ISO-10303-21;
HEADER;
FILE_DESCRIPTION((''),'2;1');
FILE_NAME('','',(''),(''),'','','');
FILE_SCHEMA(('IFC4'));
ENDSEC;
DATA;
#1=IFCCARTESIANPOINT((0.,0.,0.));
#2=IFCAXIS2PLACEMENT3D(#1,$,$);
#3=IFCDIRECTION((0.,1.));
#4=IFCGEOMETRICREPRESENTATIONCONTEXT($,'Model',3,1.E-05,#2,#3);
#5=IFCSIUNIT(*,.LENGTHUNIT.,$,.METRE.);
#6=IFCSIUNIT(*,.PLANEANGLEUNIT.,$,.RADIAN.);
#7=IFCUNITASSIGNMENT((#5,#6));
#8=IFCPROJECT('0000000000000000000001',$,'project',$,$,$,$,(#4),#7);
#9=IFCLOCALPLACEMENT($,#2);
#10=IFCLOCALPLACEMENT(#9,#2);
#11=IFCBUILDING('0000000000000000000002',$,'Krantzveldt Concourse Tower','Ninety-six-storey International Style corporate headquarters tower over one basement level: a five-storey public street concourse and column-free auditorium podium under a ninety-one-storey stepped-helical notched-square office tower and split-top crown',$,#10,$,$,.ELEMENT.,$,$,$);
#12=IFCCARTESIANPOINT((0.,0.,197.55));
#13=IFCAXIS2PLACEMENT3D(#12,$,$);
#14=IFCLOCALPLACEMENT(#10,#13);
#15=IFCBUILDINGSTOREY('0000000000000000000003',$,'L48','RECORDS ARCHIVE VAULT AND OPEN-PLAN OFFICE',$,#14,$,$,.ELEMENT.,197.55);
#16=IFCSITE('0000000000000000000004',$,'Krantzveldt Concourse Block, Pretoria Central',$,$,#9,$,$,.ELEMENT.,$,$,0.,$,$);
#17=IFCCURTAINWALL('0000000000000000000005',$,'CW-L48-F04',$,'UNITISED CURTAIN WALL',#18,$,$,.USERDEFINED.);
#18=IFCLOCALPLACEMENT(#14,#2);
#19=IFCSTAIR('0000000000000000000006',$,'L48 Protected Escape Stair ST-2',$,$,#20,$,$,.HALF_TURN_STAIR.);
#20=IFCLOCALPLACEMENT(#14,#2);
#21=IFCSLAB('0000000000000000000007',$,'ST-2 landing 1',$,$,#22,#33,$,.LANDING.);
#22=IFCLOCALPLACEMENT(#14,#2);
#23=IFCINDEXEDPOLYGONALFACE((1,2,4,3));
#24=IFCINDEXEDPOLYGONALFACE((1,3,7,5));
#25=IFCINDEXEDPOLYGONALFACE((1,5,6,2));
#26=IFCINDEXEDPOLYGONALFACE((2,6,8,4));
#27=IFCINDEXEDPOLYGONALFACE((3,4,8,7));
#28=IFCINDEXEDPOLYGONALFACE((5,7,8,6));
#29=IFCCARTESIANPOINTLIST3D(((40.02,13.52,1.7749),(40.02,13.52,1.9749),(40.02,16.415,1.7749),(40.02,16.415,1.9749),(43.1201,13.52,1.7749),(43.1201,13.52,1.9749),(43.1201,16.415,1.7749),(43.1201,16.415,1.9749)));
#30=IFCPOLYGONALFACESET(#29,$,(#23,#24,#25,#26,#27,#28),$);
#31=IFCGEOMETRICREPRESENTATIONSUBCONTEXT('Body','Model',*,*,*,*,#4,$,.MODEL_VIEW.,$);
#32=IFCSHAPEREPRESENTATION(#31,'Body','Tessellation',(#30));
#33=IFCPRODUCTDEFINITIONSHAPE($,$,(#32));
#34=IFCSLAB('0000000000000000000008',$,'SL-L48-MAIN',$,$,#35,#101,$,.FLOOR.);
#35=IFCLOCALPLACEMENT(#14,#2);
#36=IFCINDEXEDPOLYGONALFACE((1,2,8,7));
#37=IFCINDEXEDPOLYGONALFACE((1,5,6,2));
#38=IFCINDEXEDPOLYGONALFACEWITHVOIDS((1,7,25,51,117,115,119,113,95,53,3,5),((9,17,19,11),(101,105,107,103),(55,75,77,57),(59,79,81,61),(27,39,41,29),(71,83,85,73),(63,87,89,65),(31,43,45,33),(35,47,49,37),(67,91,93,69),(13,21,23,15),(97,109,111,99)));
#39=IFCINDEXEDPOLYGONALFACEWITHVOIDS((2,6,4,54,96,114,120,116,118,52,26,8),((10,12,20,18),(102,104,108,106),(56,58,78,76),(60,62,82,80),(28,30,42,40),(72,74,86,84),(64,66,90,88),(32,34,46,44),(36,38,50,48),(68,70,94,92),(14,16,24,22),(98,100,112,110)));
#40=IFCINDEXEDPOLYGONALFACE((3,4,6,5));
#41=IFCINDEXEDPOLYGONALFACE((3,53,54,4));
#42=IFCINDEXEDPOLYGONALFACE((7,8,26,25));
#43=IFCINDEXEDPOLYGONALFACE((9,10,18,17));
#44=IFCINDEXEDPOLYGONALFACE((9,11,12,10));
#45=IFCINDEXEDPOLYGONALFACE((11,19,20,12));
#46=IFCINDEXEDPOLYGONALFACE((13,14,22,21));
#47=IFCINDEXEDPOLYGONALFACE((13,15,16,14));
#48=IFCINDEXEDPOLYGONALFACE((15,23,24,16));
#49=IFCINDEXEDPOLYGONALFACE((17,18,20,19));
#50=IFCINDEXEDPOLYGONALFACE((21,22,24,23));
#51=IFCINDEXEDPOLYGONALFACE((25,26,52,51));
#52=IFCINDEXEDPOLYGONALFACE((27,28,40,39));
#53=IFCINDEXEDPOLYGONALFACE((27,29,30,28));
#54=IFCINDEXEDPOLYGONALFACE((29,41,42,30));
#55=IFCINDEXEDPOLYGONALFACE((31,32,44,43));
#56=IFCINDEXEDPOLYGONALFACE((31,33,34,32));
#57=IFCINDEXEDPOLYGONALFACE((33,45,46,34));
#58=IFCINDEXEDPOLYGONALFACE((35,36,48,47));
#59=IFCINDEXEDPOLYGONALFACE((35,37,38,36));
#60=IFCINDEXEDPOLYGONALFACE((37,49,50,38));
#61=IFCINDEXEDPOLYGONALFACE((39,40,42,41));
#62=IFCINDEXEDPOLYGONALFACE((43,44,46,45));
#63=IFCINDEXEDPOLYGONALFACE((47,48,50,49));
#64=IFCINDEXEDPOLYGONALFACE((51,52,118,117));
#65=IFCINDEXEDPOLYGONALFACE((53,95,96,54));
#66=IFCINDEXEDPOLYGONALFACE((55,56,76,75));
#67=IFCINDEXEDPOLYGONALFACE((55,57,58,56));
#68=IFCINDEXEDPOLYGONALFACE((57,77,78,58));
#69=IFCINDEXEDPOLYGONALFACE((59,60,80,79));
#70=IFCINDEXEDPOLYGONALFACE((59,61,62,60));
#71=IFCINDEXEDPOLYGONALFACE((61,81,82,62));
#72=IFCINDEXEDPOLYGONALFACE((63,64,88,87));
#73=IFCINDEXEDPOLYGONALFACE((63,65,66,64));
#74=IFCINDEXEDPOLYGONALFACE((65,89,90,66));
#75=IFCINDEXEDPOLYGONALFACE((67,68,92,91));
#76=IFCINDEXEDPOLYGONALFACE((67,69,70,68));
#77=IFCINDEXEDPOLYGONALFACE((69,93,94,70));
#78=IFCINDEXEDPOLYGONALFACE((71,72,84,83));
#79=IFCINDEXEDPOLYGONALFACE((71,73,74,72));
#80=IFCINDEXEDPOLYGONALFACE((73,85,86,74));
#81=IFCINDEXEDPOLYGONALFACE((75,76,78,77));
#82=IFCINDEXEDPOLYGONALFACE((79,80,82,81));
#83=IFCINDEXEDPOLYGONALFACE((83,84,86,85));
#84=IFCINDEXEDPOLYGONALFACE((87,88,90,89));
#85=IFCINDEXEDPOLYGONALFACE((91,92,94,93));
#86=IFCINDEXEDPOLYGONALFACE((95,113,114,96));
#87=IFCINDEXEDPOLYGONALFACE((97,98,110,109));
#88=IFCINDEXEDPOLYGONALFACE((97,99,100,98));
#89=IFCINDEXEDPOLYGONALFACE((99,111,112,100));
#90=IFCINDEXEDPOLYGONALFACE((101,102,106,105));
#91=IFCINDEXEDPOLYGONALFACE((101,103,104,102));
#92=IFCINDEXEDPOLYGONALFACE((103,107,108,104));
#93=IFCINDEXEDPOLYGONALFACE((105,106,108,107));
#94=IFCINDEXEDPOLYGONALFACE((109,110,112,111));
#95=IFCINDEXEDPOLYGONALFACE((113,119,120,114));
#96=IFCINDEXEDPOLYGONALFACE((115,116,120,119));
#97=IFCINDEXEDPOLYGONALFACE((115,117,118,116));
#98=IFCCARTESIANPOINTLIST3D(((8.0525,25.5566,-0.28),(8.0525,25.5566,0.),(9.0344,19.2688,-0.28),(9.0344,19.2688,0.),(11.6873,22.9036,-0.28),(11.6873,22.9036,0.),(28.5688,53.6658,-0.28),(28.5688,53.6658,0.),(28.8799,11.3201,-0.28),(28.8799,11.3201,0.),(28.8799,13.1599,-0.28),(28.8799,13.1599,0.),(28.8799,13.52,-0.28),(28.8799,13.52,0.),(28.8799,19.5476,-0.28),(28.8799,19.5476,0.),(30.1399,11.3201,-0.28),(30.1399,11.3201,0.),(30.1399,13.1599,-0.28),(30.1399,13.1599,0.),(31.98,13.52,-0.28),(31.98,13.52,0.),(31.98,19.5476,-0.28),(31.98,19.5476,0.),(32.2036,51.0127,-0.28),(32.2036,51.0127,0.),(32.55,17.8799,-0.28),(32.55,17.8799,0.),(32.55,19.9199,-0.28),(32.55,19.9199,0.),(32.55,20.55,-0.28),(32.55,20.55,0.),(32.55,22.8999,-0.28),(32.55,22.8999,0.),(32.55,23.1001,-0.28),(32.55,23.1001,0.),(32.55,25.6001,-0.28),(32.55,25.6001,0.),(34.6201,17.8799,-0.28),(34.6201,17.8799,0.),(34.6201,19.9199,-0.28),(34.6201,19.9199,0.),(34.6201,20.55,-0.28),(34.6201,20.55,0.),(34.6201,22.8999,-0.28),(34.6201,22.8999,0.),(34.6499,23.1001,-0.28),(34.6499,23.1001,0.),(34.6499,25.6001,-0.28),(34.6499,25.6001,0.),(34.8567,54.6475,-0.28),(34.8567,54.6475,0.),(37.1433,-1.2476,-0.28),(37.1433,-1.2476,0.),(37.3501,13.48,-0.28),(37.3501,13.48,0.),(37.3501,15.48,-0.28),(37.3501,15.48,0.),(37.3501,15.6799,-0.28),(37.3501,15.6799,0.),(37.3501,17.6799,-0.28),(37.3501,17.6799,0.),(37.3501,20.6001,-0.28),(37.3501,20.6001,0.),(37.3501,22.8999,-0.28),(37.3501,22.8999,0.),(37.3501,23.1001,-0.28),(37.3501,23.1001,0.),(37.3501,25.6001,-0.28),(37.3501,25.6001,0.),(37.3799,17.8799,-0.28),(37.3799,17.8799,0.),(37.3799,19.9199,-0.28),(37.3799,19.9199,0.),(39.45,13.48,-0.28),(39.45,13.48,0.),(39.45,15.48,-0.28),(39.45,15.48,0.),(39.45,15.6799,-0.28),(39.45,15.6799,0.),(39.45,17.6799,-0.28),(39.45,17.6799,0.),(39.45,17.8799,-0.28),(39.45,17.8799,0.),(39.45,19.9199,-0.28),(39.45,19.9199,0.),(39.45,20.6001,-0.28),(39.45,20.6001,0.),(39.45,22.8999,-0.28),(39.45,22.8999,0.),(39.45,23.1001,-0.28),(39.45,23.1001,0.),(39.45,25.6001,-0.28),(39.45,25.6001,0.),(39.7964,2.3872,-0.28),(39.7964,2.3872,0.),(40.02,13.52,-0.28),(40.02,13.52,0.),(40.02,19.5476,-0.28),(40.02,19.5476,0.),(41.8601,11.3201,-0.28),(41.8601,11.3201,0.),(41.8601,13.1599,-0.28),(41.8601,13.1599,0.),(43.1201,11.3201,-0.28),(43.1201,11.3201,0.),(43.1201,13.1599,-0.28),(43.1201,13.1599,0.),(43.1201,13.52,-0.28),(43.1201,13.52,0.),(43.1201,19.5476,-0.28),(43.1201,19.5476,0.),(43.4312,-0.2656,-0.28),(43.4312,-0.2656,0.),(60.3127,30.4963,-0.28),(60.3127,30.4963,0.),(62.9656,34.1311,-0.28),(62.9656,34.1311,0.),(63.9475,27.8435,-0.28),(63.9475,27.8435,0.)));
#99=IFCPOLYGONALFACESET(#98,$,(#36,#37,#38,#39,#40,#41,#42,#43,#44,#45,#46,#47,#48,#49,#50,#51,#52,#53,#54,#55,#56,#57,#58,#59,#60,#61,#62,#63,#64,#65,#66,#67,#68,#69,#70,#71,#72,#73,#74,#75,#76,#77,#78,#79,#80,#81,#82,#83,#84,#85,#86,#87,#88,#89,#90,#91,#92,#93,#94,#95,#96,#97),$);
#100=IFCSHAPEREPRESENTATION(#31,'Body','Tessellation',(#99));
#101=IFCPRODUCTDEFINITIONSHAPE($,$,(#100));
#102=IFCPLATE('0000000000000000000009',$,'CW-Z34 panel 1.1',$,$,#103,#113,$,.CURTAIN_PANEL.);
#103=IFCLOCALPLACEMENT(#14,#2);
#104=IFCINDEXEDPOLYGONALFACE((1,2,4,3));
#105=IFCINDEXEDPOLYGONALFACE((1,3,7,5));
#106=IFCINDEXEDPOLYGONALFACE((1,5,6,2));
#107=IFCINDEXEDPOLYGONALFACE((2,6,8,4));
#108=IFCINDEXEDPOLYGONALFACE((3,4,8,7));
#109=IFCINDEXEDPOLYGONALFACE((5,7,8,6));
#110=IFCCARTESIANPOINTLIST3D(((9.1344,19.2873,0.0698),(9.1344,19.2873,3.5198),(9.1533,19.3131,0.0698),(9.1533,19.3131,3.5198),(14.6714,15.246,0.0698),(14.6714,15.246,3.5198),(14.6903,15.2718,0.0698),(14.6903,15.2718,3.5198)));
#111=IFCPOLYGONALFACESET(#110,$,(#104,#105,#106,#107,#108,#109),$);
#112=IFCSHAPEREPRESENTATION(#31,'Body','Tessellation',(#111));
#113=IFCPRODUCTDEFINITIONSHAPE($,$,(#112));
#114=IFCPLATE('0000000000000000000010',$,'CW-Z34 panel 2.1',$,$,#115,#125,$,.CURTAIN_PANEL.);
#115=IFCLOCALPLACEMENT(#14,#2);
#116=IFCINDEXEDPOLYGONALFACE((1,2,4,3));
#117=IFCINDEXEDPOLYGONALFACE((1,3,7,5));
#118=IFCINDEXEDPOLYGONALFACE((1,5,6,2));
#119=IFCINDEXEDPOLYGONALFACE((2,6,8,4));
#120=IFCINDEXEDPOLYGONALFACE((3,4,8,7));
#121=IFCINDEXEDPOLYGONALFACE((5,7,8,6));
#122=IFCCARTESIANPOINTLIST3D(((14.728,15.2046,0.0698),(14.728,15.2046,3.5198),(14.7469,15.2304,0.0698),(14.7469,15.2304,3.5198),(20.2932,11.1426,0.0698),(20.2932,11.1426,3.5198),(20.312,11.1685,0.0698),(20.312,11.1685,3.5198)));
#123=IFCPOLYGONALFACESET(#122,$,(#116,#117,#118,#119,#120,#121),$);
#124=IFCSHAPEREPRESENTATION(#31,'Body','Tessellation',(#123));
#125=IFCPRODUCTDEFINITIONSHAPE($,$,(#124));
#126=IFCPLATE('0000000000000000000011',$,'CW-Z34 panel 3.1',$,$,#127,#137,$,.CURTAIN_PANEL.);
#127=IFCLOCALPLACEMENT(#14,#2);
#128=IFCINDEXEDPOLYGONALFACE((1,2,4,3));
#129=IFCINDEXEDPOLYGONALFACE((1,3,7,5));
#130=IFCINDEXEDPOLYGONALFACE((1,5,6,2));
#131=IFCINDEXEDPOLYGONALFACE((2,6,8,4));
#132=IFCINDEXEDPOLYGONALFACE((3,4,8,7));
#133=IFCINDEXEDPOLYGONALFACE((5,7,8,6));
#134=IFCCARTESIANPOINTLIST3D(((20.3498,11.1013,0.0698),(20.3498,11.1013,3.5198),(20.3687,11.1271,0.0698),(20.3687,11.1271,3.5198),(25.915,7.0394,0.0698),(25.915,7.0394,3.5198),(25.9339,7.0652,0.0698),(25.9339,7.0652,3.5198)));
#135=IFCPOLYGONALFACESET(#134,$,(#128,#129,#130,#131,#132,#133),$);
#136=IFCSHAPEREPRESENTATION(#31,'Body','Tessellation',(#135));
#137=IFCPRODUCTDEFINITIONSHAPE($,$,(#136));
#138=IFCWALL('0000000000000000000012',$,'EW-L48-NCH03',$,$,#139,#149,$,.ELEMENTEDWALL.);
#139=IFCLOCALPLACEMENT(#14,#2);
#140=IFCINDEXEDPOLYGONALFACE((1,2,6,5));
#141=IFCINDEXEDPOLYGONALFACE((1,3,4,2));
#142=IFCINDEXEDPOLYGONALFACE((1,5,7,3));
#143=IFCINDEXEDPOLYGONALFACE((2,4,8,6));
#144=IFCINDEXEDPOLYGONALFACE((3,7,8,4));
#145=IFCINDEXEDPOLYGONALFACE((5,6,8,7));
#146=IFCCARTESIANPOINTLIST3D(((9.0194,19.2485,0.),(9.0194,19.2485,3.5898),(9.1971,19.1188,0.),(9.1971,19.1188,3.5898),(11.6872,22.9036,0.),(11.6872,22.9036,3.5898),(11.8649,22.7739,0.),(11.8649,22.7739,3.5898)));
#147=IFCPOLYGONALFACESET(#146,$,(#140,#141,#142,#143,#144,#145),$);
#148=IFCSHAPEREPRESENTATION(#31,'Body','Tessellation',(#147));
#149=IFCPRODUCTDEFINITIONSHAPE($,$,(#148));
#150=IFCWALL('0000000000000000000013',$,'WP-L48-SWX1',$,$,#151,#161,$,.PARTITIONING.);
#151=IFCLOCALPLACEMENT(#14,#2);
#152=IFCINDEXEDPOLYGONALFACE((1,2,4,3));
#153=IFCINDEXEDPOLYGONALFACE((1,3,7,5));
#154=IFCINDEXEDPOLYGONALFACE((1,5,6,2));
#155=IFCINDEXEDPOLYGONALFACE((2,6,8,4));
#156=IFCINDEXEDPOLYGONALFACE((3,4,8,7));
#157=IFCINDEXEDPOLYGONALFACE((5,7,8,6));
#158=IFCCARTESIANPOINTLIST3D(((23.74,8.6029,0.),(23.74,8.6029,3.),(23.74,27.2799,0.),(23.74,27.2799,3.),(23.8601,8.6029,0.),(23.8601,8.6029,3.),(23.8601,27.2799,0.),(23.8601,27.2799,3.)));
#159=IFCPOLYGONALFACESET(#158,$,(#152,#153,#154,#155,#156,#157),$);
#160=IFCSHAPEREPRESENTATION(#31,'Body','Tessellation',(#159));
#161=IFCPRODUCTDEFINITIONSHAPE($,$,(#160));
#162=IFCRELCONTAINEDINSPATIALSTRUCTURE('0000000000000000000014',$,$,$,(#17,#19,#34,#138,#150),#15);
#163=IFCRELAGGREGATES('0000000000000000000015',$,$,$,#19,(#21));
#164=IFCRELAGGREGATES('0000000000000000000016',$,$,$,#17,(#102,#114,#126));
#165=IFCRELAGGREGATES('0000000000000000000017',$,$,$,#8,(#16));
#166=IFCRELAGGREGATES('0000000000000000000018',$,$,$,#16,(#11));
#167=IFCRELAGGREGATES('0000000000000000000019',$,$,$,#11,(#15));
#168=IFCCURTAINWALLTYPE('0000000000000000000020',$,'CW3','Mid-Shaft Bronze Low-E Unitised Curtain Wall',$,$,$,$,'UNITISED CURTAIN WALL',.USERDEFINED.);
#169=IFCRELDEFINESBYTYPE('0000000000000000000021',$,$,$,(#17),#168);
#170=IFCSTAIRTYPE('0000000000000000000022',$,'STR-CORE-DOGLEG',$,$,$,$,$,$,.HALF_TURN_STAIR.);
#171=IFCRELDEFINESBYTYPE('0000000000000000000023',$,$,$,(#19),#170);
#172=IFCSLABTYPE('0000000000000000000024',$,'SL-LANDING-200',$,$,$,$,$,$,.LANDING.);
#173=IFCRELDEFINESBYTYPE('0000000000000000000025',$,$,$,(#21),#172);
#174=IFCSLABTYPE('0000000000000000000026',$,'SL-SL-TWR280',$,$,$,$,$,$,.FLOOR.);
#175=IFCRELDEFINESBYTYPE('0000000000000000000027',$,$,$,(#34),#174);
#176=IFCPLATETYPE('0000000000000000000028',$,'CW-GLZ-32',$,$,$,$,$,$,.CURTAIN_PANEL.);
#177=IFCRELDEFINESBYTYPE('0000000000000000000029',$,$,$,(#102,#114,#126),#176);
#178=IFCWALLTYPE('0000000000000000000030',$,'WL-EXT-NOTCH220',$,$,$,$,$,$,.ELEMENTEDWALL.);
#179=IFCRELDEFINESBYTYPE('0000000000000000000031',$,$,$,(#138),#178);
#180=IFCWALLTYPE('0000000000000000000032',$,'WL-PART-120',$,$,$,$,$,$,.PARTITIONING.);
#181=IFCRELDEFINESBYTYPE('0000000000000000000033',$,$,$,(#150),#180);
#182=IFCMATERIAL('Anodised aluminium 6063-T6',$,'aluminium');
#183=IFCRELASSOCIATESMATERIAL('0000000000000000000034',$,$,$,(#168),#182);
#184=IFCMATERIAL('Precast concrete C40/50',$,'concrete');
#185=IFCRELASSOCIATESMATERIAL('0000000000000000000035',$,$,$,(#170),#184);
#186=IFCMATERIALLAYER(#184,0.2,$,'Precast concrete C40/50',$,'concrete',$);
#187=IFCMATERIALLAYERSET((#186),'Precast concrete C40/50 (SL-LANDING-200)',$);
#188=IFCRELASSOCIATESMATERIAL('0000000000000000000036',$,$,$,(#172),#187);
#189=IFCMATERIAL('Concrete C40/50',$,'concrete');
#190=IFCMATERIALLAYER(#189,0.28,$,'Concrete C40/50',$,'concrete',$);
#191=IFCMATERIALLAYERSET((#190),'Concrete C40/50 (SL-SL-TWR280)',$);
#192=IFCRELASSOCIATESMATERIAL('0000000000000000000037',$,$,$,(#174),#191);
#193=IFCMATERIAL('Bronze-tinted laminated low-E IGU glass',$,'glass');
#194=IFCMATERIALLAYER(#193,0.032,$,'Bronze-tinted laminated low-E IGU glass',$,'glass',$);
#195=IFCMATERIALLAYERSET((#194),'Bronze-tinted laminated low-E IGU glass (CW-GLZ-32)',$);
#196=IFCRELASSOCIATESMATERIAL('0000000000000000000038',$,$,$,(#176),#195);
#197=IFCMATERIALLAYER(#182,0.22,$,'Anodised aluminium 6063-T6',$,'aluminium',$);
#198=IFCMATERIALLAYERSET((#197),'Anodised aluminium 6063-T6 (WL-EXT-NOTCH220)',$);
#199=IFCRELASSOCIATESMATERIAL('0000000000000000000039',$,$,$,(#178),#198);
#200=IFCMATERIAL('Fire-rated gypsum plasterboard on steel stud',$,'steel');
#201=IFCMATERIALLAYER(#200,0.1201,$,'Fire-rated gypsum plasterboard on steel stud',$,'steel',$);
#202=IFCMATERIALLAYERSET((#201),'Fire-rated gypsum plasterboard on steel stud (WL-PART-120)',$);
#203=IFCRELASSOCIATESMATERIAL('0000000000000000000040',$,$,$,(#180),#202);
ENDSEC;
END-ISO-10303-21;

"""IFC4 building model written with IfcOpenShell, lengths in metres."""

from ifc_helpers import new_model, si_unit, direction, frame, frame_2d, origin, origin_2d, place, context, subcontext, project, spatial, polyline, rectangle, outline, extrude, source, transform, mapped, material, layer, layer_set, type_object, type_shapes, element, aggregate, save


model = new_model("IFC4")

# Units and contexts
model_context = context("Model", 3, precision=1e-05, world=origin(), true_north=direction((0.0, 1.0)))
body_context = subcontext(model_context, "Body", "Model", "MODEL_VIEW")
ifc_project = project(units=[si_unit("LENGTHUNIT", "METRE"), si_unit("PLANEANGLEUNIT", "RADIAN")], contexts=[model_context])

# Site, building, storey
site_placement = place(None, origin())
site = spatial("IfcSite", under=ifc_project, at=site_placement, Name="Krantzveldt Concourse Block, Pretoria Central", CompositionType="ELEMENT", RefElevation=0.0)
building_placement = place(site_placement, origin())
building = spatial("IfcBuilding", under=site, at=building_placement, Name="Krantzveldt Concourse Tower", Description="Ninety-six-storey International Style corporate headquarters tower over one basement level: a five-storey public street concourse and column-free auditorium podium under a ninety-one-storey stepped-helical notched-square office tower and split-top crown", CompositionType="ELEMENT")
storey_placement = place(building_placement, frame((0.0, 0.0, 197.55)))
storey = spatial("IfcBuildingStorey", under=building, at=storey_placement, Name="L48", Description="RECORDS ARCHIVE VAULT AND OPEN-PLAN OFFICE", CompositionType="ELEMENT", Elevation=197.55)

# Curtain wall
ifc_material_1 = material(Name="Anodised aluminium 6063-T6", Category="aluminium")
curtain_wall_type = type_object("IfcCurtainWallType", Name="CW3", Description="Mid-Shaft Bronze Low-E Unitised Curtain Wall", ElementType="UNITISED CURTAIN WALL", PredefinedType="USERDEFINED", material=ifc_material_1)
curtain_wall_placement = place(storey_placement, origin())
curtain_wall = element("IfcCurtainWall", 1, at=curtain_wall_placement, inside=storey, type_object=curtain_wall_type, Name="CW-L48-F04", ObjectType="UNITISED CURTAIN WALL", PredefinedType="USERDEFINED")

# Stair, slab
ifc_material_2 = material(Name="Precast concrete C40/50", Category="concrete")
stair_type = type_object("IfcStairType", Name="STR-CORE-DOGLEG", PredefinedType="HALF_TURN_STAIR", material=ifc_material_2)
ifc_layer_1 = layer(ifc_material_2, 0.2, Name="Precast concrete C40/50", Category="concrete")
ifc_layer_set_1 = layer_set([ifc_layer_1], Name="Precast concrete C40/50 (SL-LANDING-200)")
slab_type_1 = type_object("IfcSlabType", Name="SL-LANDING-200", PredefinedType="LANDING", material=ifc_layer_set_1)
stair_1_placement = place(storey_placement, origin())
stair_1 = element("IfcStair", 2, at=stair_1_placement, inside=storey, type_object=stair_type, Name="L48 Protected Escape Stair ST-2", PredefinedType="HALF_TURN_STAIR")
slab_1_placement = place(storey_placement, frame((0.0, 0.0, 1.7749)))
slab_1 = element("IfcSlab", 3, at=slab_1_placement, type_object=slab_type_1, Name="ST-2 landing 1", PredefinedType="LANDING", context=body_context, shape_type="SweptSolid", body=[
    extrude(outline(polyline([(40.02, 16.415), (40.02, 13.52), (43.1201, 13.52), (43.1201, 16.415), (40.02, 16.415)])), origin(), (0.0, 0.0, 1.0), 0.2),
])
aggregate(stair_1, [slab_1])

# Slab
ifc_material_3 = material(Name="Concrete C40/50", Category="concrete")
ifc_layer_2 = layer(ifc_material_3, 0.28, Name="Concrete C40/50", Category="concrete")
ifc_layer_set_2 = layer_set([ifc_layer_2], Name="Concrete C40/50 (SL-SL-TWR280)")
slab_type_2 = type_object("IfcSlabType", Name="SL-SL-TWR280", PredefinedType="FLOOR", material=ifc_layer_set_2)
slab_2_placement = place(storey_placement, frame((0.0, 0.0, -0.28)))
element("IfcSlab", 4, at=slab_2_placement, inside=storey, type_object=slab_type_2, Name="SL-L48-MAIN", PredefinedType="FLOOR", context=body_context, shape_type="SweptSolid", body=[
    extrude(outline(polyline([(32.2036, 51.0127), (28.5688, 53.6658), (8.0525, 25.5566), (11.6873, 22.9036), (9.0344, 19.2688), (37.1433, -1.2476), (39.7964, 2.3872), (43.4312, -0.2656), (63.9475, 27.8435), (60.3127, 30.4963), (62.9656, 34.1311), (34.8567, 54.6475), (32.2036, 51.0127)]), holes=[polyline([(28.8799, 19.5476), (28.8799, 13.52), (31.98, 13.52), (31.98, 19.5476), (28.8799, 19.5476)]), polyline([(40.02, 19.5476), (40.02, 13.52), (43.1201, 13.52), (43.1201, 19.5476), (40.02, 19.5476)]), polyline([(32.55, 23.1001), (34.6499, 23.1001), (34.6499, 25.6001), (32.55, 25.6001), (32.55, 23.1001)]), polyline([(37.3501, 23.1001), (39.45, 23.1001), (39.45, 25.6001), (37.3501, 25.6001), (37.3501, 23.1001)]), polyline([(37.3501, 20.6001), (39.45, 20.6001), (39.45, 22.8999), (37.3501, 22.8999), (37.3501, 20.6001)]), polyline([(37.3501, 13.48), (39.45, 13.48), (39.45, 15.48), (37.3501, 15.48), (37.3501, 13.48)]), polyline([(37.3501, 15.6799), (39.45, 15.6799), (39.45, 17.6799), (37.3501, 17.6799), (37.3501, 15.6799)]), polyline([(32.55, 20.55), (34.6201, 20.55), (34.6201, 22.8999), (32.55, 22.8999), (32.55, 20.55)]), polyline([(32.55, 17.8799), (34.6201, 17.8799), (34.6201, 19.9199), (32.55, 19.9199), (32.55, 17.8799)]), polyline([(37.3799, 17.8799), (39.45, 17.8799), (39.45, 19.9199), (37.3799, 19.9199), (37.3799, 17.8799)]), polyline([(28.8799, 11.3201), (30.1399, 11.3201), (30.1399, 13.1599), (28.8799, 13.1599), (28.8799, 11.3201)]), polyline([(41.8601, 11.3201), (43.1201, 11.3201), (43.1201, 13.1599), (41.8601, 13.1599), (41.8601, 11.3201)])]), origin(), (0.0, 0.0, 1.0), 0.28),
])

# Plates
ifc_material_4 = material(Name="Bronze-tinted laminated low-E IGU glass", Category="glass")
ifc_layer_3 = layer(ifc_material_4, 0.032, Name="Bronze-tinted laminated low-E IGU glass", Category="glass")
ifc_layer_set_3 = layer_set([ifc_layer_3], Name="Bronze-tinted laminated low-E IGU glass (CW-GLZ-32)")
plate_type = type_object("IfcPlateType", Name="CW-GLZ-32", PredefinedType="CURTAIN_PANEL", material=ifc_layer_set_3)
shared_shape_1 = source(origin(), body_context, "Body", "SweptSolid", [
    extrude(rectangle(XDim=6.855, YDim=0.032, at=origin_2d()), origin(), (0.0, 0.0, 1.0), 3.45),
])
plate_1_placement = place(storey_placement, frame((11.9124, 17.2795, 0.0698), z_axis=(0.0, 0.0, 1.0), x_axis=(0.807733, -0.589549, 0.0)))
plate_1 = element("IfcPlate", 5, at=plate_1_placement, type_object=plate_type, Name="CW-Z34 panel 1.1", PredefinedType="CURTAIN_PANEL", context=body_context, shape_type="MappedRepresentation", body=[
    mapped(shared_shape_1, transform((0.0, 0.0, 0.0), x_axis=(1.0, 0.0, 0.0), y_axis=(0.0, 1.0, 0.0), z_axis=(0.0, 0.0, 1.0), scale=1.0)),
])
shared_shape_2 = source(origin(), body_context, "Body", "SweptSolid", [
    extrude(rectangle(XDim=6.8899, YDim=0.032, at=origin_2d()), origin(), (0.0, 0.0, 1.0), 3.45),
])
type_shapes(plate_type, [shared_shape_1, shared_shape_2])
plate_2_placement = place(storey_placement, frame((17.52, 13.1865, 0.0698), z_axis=(0.0, 0.0, 1.0), x_axis=(0.807733, -0.589549, 0.0)))
plate_2 = element("IfcPlate", 6, at=plate_2_placement, type_object=plate_type, Name="CW-Z34 panel 2.1", PredefinedType="CURTAIN_PANEL", context=body_context, shape_type="MappedRepresentation", body=[
    mapped(shared_shape_2, transform((0.0, 0.0, 0.0), x_axis=(1.0, 0.0, 0.0), y_axis=(0.0, 1.0, 0.0), z_axis=(0.0, 0.0, 1.0), scale=1.0)),
])
plate_3_placement = place(storey_placement, frame((23.1418, 9.0833, 0.0698), z_axis=(0.0, 0.0, 1.0), x_axis=(0.807733, -0.589549, 0.0)))
plate_3 = element("IfcPlate", 7, at=plate_3_placement, type_object=plate_type, Name="CW-Z34 panel 3.1", PredefinedType="CURTAIN_PANEL", context=body_context, shape_type="MappedRepresentation", body=[
    mapped(shared_shape_2, transform((0.0, 0.0, 0.0), x_axis=(1.0, 0.0, 0.0), y_axis=(0.0, 1.0, 0.0), z_axis=(0.0, 0.0, 1.0), scale=1.0)),
])
aggregate(curtain_wall, [plate_1, plate_2, plate_3])

# Walls
ifc_layer_4 = layer(ifc_material_1, 0.22, Name="Anodised aluminium 6063-T6", Category="aluminium")
ifc_layer_set_4 = layer_set([ifc_layer_4], Name="Anodised aluminium 6063-T6 (WL-EXT-NOTCH220)")
wall_type_1 = type_object("IfcWallType", Name="WL-EXT-NOTCH220", PredefinedType="ELEMENTEDWALL", material=ifc_layer_set_4)
wall_1_placement = place(storey_placement, frame((11.7761, 22.8389, 0.0), z_axis=(0.0, 0.0, 1.0), x_axis=(-0.589547, -0.807734, 0.0)))
element("IfcWall", 8, at=wall_1_placement, inside=storey, type_object=wall_type_1, Name="EW-L48-NCH03", PredefinedType="ELEMENTEDWALL", context=body_context, shape_type="SweptSolid", body=[
    extrude(rectangle(XDim=4.5251, YDim=0.22, at=frame_2d((2.2627, 0.0))), origin(), (0.0, 0.0, 1.0), 3.5898),
])
ifc_material_5 = material(Name="Fire-rated gypsum plasterboard on steel stud", Category="steel")
ifc_layer_5 = layer(ifc_material_5, 0.1201, Name="Fire-rated gypsum plasterboard on steel stud", Category="steel")
ifc_layer_set_5 = layer_set([ifc_layer_5], Name="Fire-rated gypsum plasterboard on steel stud (WL-PART-120)")
wall_type_2 = type_object("IfcWallType", Name="WL-PART-120", PredefinedType="PARTITIONING", material=ifc_layer_set_5)
wall_2_placement = place(storey_placement, frame((23.8, 8.603, 0.0), z_axis=(0.0, 0.0, 1.0), x_axis=(0.0, 1.0, 0.0)))
element("IfcWall", 9, at=wall_2_placement, inside=storey, type_object=wall_type_2, Name="WP-L48-SWX1", PredefinedType="PARTITIONING", context=body_context, shape_type="SweptSolid", body=[
    extrude(rectangle(XDim=18.677, YDim=0.1201, at=frame_2d((9.3384, 0.0))), origin(), (0.0, 0.0, 1.0), 3.0),
])

save(model, "model.ifc")
